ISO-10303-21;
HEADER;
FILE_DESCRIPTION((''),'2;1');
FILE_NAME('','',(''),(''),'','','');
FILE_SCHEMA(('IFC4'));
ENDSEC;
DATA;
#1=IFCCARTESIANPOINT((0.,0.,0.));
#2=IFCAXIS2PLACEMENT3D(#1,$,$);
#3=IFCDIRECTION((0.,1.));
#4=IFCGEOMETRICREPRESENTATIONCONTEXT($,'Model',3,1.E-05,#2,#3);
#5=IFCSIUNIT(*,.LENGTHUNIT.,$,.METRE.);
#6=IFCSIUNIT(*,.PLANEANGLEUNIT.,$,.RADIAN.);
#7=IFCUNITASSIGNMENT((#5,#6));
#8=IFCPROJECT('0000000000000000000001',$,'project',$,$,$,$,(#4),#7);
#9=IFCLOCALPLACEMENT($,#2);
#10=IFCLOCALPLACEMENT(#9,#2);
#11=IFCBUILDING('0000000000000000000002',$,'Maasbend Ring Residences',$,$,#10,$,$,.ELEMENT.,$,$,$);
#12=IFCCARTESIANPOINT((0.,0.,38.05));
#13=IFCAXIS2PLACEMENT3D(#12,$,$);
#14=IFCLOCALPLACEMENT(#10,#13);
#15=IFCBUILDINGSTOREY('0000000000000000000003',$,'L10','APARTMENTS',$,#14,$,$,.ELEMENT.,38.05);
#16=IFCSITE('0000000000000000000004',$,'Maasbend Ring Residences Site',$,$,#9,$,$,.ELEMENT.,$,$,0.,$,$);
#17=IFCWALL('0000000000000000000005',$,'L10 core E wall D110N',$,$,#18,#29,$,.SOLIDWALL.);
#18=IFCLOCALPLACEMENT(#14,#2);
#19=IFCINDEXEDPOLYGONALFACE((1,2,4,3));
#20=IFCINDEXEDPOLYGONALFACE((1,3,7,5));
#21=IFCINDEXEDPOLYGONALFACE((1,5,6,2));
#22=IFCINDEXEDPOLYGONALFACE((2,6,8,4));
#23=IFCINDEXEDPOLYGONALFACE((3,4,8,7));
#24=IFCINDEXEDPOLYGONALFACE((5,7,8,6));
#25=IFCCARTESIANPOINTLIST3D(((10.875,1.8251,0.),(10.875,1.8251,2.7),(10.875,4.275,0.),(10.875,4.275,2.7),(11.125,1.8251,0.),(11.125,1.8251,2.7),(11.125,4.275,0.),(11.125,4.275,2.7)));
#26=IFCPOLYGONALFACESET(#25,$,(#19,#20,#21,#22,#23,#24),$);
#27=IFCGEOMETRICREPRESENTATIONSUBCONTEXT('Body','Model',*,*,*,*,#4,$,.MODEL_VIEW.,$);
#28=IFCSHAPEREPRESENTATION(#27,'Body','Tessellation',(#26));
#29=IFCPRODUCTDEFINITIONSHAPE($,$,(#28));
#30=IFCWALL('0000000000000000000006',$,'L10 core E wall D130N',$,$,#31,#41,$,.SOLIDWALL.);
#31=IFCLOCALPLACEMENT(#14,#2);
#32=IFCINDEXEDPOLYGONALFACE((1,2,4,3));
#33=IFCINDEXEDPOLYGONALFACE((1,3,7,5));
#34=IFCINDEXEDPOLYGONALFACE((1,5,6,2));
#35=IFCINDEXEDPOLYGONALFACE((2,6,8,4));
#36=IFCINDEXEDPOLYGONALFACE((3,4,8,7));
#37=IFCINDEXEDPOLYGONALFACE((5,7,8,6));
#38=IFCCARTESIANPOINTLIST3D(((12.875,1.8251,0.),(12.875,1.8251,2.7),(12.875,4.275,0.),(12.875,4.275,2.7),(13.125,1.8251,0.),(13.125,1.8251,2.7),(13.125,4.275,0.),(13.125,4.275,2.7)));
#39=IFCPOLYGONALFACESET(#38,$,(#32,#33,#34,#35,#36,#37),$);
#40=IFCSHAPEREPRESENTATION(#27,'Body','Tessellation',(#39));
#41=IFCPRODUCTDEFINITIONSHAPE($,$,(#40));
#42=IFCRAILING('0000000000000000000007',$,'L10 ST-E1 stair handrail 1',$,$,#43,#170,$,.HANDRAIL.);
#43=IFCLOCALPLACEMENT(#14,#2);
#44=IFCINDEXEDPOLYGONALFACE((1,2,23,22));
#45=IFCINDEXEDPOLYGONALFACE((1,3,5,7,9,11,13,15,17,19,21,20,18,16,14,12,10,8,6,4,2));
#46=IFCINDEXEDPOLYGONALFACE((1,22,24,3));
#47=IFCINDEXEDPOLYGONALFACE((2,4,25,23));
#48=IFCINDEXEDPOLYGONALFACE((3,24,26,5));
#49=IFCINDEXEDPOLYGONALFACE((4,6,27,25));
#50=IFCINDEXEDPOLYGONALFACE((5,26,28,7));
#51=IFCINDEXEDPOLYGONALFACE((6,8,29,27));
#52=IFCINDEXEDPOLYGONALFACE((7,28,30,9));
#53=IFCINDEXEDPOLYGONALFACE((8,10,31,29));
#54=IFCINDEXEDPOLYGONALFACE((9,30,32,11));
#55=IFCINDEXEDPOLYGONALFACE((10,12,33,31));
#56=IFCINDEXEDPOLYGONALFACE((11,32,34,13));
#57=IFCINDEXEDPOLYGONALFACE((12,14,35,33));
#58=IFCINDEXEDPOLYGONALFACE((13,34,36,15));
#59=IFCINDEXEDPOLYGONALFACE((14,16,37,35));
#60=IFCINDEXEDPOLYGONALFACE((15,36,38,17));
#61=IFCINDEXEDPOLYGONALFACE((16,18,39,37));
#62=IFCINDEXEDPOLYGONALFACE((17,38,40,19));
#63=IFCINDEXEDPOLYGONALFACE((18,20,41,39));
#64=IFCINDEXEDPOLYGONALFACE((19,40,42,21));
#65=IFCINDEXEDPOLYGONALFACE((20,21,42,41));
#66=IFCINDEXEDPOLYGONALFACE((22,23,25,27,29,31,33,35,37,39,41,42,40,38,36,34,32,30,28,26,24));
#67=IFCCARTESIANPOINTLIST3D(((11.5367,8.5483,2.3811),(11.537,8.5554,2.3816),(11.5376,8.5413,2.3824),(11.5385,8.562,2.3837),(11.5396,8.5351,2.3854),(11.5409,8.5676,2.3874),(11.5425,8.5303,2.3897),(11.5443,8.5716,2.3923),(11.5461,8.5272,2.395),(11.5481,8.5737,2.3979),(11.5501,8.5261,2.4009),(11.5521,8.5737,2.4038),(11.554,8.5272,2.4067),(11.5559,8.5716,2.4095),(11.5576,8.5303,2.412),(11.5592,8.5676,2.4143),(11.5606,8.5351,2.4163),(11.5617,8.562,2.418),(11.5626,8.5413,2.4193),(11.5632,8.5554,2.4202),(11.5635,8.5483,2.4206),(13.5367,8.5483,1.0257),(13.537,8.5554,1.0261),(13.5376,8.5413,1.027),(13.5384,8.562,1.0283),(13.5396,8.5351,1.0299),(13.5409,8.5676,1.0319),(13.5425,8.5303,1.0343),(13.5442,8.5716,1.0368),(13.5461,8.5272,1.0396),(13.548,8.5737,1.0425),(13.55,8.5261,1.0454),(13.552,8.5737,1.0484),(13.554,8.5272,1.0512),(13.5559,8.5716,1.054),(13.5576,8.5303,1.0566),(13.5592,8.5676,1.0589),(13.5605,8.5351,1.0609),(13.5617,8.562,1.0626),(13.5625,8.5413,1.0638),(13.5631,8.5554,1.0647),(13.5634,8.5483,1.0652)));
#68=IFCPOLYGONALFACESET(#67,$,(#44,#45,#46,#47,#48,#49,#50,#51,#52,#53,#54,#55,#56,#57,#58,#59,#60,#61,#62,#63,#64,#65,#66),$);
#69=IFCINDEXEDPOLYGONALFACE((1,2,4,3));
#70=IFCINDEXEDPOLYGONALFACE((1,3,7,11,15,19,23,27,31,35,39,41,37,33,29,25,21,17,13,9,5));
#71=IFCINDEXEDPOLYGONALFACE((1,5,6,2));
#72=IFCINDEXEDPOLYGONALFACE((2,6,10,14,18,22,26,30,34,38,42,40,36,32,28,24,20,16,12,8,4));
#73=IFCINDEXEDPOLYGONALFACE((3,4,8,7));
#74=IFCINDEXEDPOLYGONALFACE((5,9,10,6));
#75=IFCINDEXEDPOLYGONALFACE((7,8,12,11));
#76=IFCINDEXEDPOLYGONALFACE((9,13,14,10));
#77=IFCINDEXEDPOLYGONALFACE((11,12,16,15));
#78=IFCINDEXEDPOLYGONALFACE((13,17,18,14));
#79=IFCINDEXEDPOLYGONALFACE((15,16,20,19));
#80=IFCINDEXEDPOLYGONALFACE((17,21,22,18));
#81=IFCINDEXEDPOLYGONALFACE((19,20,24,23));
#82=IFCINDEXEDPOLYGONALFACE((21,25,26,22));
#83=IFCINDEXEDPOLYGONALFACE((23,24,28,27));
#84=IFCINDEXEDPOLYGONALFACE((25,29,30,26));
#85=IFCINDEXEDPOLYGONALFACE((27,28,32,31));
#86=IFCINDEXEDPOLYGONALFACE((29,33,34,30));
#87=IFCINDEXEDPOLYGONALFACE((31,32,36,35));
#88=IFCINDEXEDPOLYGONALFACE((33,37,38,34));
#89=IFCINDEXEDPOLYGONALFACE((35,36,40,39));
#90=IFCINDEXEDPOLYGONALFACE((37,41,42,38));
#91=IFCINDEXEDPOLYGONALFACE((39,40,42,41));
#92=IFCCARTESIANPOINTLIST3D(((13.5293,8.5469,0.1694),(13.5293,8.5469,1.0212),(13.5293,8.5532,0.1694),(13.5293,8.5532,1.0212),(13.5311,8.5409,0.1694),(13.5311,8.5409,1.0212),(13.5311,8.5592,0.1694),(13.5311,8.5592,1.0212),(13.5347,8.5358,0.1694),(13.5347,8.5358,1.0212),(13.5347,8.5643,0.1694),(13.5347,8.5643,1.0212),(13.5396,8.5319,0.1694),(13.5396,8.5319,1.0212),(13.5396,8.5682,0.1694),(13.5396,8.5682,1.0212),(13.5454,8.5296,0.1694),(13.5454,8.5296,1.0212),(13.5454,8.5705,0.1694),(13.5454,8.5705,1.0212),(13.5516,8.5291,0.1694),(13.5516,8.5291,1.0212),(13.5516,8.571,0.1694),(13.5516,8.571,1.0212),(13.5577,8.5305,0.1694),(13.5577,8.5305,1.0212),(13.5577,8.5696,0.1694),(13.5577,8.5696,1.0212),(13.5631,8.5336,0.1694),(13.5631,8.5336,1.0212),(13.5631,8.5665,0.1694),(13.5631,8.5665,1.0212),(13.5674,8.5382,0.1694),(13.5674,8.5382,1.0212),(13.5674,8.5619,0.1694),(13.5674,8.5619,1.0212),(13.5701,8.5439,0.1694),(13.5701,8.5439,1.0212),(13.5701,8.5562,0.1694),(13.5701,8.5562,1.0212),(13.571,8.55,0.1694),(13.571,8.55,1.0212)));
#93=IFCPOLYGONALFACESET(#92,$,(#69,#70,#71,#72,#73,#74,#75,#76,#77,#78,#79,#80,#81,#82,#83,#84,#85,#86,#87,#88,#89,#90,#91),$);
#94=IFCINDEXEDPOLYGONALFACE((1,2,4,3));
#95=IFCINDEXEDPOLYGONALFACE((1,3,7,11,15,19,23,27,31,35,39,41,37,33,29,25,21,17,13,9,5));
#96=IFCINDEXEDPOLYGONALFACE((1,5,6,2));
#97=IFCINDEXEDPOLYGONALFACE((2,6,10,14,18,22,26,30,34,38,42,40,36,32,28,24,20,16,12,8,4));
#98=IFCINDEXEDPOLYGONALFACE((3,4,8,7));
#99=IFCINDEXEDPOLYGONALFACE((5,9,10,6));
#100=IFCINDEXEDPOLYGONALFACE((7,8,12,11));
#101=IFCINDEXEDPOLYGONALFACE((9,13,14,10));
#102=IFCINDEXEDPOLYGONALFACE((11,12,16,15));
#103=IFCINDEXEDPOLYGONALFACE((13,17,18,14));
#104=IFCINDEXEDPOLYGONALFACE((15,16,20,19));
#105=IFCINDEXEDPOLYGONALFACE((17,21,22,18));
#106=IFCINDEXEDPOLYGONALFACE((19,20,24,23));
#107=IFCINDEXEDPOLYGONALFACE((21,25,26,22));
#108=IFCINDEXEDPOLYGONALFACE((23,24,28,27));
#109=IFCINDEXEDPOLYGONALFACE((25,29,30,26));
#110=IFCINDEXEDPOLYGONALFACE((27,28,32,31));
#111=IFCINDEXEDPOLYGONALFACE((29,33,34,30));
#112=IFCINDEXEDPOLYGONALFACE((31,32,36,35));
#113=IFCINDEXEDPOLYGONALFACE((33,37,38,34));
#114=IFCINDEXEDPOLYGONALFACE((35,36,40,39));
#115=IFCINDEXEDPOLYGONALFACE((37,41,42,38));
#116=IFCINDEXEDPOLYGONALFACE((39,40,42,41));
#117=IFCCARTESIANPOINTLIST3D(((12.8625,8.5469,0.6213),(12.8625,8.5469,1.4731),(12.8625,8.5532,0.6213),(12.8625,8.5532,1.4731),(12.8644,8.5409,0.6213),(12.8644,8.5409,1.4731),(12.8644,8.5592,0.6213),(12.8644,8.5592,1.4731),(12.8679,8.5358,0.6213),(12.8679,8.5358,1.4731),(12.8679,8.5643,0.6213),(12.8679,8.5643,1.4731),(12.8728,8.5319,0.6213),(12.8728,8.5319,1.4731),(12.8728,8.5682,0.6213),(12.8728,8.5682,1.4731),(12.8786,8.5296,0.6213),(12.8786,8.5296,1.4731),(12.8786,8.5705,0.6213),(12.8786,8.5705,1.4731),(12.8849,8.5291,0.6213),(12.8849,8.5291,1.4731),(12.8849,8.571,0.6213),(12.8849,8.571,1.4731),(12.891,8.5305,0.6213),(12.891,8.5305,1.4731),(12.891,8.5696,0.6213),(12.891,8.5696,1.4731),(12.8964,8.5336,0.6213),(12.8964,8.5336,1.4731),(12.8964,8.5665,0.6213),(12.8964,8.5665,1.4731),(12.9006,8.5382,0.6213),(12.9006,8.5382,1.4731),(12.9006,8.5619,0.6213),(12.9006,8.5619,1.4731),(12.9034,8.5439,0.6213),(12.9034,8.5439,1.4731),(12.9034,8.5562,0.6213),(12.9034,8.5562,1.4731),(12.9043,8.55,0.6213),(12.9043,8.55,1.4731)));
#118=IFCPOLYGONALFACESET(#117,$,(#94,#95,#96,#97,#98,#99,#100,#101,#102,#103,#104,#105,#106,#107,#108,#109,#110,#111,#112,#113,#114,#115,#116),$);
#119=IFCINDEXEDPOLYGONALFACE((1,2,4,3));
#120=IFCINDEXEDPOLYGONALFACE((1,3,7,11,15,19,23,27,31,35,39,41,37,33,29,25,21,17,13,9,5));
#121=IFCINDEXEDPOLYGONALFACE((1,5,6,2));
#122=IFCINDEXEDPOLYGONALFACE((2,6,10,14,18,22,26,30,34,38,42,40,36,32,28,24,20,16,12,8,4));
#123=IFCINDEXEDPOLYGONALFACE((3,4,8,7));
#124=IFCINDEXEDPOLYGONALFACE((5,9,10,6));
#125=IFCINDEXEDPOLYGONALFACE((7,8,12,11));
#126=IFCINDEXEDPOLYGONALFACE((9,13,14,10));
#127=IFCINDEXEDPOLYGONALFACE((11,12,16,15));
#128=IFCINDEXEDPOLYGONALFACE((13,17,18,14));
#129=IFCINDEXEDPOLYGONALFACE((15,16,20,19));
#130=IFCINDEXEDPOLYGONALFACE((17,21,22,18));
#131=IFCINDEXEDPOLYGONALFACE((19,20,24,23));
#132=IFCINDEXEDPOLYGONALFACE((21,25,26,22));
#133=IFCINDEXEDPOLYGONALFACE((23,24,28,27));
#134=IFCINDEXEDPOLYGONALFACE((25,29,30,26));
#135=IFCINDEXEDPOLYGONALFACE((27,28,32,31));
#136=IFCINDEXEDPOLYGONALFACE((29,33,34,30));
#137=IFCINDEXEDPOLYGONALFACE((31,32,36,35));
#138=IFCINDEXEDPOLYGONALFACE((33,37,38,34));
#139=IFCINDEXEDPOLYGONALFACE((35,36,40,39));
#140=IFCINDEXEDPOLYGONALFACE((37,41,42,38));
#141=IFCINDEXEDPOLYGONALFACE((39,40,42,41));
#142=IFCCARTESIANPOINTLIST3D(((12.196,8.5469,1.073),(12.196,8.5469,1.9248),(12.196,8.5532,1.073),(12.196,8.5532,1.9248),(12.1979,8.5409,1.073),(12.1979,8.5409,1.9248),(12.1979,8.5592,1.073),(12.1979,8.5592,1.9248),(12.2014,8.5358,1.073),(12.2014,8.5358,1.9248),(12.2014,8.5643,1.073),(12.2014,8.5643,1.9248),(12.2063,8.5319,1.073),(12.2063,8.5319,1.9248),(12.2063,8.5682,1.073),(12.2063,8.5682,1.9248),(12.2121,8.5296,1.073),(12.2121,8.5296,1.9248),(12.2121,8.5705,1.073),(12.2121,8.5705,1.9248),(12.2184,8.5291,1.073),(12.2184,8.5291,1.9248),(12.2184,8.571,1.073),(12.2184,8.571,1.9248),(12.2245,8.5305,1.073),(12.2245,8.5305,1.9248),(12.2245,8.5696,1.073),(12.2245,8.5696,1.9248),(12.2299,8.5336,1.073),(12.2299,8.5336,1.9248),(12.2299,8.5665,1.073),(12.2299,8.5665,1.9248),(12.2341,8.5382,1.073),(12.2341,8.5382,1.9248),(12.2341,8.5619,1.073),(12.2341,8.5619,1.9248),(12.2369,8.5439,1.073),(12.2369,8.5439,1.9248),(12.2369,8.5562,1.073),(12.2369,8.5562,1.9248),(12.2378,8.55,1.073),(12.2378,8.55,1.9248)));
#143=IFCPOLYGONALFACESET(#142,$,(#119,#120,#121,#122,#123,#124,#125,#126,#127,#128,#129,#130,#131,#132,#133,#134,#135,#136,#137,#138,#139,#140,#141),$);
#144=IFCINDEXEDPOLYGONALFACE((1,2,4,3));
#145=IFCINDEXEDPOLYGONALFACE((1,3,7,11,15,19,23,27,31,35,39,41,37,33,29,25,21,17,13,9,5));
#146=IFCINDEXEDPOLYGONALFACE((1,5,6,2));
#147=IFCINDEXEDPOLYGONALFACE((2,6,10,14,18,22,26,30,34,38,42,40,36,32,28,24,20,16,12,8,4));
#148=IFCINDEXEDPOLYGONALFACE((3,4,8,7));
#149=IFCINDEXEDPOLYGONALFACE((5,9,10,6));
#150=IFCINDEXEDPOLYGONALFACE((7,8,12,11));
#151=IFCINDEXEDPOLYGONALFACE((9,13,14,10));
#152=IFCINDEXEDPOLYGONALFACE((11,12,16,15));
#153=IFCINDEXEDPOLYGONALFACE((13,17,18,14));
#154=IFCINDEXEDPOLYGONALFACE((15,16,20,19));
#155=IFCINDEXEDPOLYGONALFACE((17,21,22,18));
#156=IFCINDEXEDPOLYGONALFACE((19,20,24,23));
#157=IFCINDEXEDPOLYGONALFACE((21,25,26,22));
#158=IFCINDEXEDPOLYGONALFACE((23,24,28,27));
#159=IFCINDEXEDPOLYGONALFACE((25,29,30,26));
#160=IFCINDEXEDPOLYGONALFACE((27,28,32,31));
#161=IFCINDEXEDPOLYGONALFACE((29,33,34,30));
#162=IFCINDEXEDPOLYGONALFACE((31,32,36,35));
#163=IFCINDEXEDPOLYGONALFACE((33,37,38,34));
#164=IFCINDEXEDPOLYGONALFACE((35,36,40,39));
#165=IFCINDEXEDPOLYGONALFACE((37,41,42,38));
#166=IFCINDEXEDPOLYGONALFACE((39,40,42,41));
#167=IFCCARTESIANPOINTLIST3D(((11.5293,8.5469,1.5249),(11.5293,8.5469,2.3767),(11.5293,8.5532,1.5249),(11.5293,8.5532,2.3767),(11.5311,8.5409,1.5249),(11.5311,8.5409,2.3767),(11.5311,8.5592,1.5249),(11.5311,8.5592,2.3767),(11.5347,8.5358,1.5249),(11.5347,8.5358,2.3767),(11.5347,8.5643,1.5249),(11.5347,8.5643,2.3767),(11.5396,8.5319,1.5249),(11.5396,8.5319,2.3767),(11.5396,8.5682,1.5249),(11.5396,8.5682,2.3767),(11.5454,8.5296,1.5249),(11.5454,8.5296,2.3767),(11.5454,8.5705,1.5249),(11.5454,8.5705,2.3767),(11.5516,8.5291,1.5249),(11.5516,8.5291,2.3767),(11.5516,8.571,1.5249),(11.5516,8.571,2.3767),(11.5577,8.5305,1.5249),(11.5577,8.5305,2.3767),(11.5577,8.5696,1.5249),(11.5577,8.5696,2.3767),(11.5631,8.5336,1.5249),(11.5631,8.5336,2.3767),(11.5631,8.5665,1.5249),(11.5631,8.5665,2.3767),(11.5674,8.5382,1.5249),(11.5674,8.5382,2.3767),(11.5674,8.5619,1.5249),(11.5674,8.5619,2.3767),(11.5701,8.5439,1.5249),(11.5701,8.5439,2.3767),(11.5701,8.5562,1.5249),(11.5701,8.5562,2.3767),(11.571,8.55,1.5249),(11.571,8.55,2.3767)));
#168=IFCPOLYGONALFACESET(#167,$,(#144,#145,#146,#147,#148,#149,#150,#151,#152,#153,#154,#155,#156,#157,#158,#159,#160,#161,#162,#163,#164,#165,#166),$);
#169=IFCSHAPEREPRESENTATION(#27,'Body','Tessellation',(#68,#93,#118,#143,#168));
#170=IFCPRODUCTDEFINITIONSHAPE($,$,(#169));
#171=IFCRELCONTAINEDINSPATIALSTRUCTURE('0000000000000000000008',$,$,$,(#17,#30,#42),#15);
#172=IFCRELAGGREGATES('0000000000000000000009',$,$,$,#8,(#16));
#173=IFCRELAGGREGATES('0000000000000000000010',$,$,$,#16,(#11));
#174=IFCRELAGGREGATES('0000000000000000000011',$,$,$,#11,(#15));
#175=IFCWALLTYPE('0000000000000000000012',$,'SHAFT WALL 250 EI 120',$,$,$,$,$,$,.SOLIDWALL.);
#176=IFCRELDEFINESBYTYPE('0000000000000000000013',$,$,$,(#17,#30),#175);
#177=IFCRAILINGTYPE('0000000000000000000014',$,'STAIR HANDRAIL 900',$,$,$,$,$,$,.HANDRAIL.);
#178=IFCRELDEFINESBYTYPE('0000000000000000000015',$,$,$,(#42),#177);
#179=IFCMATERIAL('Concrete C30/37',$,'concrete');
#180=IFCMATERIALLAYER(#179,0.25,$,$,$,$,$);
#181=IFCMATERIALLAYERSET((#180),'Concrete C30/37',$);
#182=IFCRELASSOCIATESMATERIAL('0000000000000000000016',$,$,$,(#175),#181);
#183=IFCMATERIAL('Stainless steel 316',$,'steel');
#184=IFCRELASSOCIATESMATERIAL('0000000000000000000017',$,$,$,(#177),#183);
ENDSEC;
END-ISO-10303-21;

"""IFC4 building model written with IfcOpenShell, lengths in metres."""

from ifc_helpers import new_model, si_unit, direction, frame, frame_2d, origin, origin_2d, place, context, subcontext, project, spatial, rectangle, circle, extrude, material, layer, layer_set, type_object, element, save


model = new_model("IFC4")

# Units and contexts
model_context = context("Model", 3, precision=1e-05, world=origin(), true_north=direction((0.0, 1.0)))
body_context = subcontext(model_context, "Body", "Model", "MODEL_VIEW")
ifc_project = project(units=[si_unit("LENGTHUNIT", "METRE"), si_unit("PLANEANGLEUNIT", "RADIAN")], contexts=[model_context])

# Site, building, storey
site_placement = place(None, origin())
site = spatial("IfcSite", under=ifc_project, at=site_placement, Name="Maasbend Ring Residences Site", CompositionType="ELEMENT", RefElevation=0.0)
building_placement = place(site_placement, origin())
building = spatial("IfcBuilding", under=site, at=building_placement, Name="Maasbend Ring Residences", CompositionType="ELEMENT")
storey_placement = place(building_placement, frame((0.0, 0.0, 38.05)))
storey = spatial("IfcBuildingStorey", under=building, at=storey_placement, Name="L10", Description="APARTMENTS", CompositionType="ELEMENT", Elevation=38.05)

# Walls
ifc_material_1 = material(Name="Concrete C30/37", Category="concrete")
ifc_layer_1 = layer(ifc_material_1, 0.25)
ifc_layer_set_1 = layer_set([ifc_layer_1], Name="Concrete C30/37")
wall_type_1 = type_object("IfcWallType", Name="SHAFT WALL 250 EI 120", PredefinedType="SOLIDWALL", material=ifc_layer_set_1)
for number, where, z_axis, x_axis, name in (
    (1, (11.0, 1.825, 0.0), (0.0, 0.0, 1.0), (0.0, 1.0, 0.0), "L10 core E wall D110N"),
    (2, (13.0, 1.825, 0.0), (0.0, 0.0, 1.0), (0.0, 1.0, 0.0), "L10 core E wall D130N"),
):
    element("IfcWall", number, at=place(storey_placement, frame(where, z_axis=z_axis, x_axis=x_axis)), inside=storey, type_object=wall_type_1, Name=name, PredefinedType="SOLIDWALL", context=body_context, shape_type="SweptSolid", body=[
        extrude(rectangle(XDim=2.45, YDim=0.25, at=frame_2d((1.2251, 0.0))), origin(), (0.0, 0.0, 1.0), 2.7),
    ])

# Railing
ifc_material_2 = material(Name="Stainless steel 316", Category="steel")
railing_type = type_object("IfcRailingType", Name="STAIR HANDRAIL 900", PredefinedType="HANDRAIL", material=ifc_material_2)
railing_1_placement = place(storey_placement, frame((13.55, 8.55, 0.1694)))
element("IfcRailing", 3, at=railing_1_placement, inside=storey, type_object=railing_type, Name="L10 ST-E1 stair handrail 1", PredefinedType="HANDRAIL", context=body_context, shape_type="SweptSolid", body=[
    extrude(circle(Radius=0.0239, at=origin_2d()), frame((0.0, 0.0, 0.876), z_axis=(-0.827798, 0.0, 0.561027), x_axis=(0.0, -1.0, 0.0)), (0.0, 0.0, 1.0), 2.416),
    extrude(circle(Radius=0.021, at=origin_2d()), origin(), (0.0, 0.0, 1.0), 0.8518),
    extrude(circle(Radius=0.021, at=origin_2d()), frame((-0.6667, 0.0, 0.4519)), (0.0, 0.0, 1.0), 0.8518),
    extrude(circle(Radius=0.021, at=origin_2d()), frame((-1.3333, 0.0, 0.9036)), (0.0, 0.0, 1.0), 0.8518),
    extrude(circle(Radius=0.021, at=origin_2d()), frame((-2.0, 0.0, 1.3555)), (0.0, 0.0, 1.0), 0.8518),
])

save(model, "model.ifc")
